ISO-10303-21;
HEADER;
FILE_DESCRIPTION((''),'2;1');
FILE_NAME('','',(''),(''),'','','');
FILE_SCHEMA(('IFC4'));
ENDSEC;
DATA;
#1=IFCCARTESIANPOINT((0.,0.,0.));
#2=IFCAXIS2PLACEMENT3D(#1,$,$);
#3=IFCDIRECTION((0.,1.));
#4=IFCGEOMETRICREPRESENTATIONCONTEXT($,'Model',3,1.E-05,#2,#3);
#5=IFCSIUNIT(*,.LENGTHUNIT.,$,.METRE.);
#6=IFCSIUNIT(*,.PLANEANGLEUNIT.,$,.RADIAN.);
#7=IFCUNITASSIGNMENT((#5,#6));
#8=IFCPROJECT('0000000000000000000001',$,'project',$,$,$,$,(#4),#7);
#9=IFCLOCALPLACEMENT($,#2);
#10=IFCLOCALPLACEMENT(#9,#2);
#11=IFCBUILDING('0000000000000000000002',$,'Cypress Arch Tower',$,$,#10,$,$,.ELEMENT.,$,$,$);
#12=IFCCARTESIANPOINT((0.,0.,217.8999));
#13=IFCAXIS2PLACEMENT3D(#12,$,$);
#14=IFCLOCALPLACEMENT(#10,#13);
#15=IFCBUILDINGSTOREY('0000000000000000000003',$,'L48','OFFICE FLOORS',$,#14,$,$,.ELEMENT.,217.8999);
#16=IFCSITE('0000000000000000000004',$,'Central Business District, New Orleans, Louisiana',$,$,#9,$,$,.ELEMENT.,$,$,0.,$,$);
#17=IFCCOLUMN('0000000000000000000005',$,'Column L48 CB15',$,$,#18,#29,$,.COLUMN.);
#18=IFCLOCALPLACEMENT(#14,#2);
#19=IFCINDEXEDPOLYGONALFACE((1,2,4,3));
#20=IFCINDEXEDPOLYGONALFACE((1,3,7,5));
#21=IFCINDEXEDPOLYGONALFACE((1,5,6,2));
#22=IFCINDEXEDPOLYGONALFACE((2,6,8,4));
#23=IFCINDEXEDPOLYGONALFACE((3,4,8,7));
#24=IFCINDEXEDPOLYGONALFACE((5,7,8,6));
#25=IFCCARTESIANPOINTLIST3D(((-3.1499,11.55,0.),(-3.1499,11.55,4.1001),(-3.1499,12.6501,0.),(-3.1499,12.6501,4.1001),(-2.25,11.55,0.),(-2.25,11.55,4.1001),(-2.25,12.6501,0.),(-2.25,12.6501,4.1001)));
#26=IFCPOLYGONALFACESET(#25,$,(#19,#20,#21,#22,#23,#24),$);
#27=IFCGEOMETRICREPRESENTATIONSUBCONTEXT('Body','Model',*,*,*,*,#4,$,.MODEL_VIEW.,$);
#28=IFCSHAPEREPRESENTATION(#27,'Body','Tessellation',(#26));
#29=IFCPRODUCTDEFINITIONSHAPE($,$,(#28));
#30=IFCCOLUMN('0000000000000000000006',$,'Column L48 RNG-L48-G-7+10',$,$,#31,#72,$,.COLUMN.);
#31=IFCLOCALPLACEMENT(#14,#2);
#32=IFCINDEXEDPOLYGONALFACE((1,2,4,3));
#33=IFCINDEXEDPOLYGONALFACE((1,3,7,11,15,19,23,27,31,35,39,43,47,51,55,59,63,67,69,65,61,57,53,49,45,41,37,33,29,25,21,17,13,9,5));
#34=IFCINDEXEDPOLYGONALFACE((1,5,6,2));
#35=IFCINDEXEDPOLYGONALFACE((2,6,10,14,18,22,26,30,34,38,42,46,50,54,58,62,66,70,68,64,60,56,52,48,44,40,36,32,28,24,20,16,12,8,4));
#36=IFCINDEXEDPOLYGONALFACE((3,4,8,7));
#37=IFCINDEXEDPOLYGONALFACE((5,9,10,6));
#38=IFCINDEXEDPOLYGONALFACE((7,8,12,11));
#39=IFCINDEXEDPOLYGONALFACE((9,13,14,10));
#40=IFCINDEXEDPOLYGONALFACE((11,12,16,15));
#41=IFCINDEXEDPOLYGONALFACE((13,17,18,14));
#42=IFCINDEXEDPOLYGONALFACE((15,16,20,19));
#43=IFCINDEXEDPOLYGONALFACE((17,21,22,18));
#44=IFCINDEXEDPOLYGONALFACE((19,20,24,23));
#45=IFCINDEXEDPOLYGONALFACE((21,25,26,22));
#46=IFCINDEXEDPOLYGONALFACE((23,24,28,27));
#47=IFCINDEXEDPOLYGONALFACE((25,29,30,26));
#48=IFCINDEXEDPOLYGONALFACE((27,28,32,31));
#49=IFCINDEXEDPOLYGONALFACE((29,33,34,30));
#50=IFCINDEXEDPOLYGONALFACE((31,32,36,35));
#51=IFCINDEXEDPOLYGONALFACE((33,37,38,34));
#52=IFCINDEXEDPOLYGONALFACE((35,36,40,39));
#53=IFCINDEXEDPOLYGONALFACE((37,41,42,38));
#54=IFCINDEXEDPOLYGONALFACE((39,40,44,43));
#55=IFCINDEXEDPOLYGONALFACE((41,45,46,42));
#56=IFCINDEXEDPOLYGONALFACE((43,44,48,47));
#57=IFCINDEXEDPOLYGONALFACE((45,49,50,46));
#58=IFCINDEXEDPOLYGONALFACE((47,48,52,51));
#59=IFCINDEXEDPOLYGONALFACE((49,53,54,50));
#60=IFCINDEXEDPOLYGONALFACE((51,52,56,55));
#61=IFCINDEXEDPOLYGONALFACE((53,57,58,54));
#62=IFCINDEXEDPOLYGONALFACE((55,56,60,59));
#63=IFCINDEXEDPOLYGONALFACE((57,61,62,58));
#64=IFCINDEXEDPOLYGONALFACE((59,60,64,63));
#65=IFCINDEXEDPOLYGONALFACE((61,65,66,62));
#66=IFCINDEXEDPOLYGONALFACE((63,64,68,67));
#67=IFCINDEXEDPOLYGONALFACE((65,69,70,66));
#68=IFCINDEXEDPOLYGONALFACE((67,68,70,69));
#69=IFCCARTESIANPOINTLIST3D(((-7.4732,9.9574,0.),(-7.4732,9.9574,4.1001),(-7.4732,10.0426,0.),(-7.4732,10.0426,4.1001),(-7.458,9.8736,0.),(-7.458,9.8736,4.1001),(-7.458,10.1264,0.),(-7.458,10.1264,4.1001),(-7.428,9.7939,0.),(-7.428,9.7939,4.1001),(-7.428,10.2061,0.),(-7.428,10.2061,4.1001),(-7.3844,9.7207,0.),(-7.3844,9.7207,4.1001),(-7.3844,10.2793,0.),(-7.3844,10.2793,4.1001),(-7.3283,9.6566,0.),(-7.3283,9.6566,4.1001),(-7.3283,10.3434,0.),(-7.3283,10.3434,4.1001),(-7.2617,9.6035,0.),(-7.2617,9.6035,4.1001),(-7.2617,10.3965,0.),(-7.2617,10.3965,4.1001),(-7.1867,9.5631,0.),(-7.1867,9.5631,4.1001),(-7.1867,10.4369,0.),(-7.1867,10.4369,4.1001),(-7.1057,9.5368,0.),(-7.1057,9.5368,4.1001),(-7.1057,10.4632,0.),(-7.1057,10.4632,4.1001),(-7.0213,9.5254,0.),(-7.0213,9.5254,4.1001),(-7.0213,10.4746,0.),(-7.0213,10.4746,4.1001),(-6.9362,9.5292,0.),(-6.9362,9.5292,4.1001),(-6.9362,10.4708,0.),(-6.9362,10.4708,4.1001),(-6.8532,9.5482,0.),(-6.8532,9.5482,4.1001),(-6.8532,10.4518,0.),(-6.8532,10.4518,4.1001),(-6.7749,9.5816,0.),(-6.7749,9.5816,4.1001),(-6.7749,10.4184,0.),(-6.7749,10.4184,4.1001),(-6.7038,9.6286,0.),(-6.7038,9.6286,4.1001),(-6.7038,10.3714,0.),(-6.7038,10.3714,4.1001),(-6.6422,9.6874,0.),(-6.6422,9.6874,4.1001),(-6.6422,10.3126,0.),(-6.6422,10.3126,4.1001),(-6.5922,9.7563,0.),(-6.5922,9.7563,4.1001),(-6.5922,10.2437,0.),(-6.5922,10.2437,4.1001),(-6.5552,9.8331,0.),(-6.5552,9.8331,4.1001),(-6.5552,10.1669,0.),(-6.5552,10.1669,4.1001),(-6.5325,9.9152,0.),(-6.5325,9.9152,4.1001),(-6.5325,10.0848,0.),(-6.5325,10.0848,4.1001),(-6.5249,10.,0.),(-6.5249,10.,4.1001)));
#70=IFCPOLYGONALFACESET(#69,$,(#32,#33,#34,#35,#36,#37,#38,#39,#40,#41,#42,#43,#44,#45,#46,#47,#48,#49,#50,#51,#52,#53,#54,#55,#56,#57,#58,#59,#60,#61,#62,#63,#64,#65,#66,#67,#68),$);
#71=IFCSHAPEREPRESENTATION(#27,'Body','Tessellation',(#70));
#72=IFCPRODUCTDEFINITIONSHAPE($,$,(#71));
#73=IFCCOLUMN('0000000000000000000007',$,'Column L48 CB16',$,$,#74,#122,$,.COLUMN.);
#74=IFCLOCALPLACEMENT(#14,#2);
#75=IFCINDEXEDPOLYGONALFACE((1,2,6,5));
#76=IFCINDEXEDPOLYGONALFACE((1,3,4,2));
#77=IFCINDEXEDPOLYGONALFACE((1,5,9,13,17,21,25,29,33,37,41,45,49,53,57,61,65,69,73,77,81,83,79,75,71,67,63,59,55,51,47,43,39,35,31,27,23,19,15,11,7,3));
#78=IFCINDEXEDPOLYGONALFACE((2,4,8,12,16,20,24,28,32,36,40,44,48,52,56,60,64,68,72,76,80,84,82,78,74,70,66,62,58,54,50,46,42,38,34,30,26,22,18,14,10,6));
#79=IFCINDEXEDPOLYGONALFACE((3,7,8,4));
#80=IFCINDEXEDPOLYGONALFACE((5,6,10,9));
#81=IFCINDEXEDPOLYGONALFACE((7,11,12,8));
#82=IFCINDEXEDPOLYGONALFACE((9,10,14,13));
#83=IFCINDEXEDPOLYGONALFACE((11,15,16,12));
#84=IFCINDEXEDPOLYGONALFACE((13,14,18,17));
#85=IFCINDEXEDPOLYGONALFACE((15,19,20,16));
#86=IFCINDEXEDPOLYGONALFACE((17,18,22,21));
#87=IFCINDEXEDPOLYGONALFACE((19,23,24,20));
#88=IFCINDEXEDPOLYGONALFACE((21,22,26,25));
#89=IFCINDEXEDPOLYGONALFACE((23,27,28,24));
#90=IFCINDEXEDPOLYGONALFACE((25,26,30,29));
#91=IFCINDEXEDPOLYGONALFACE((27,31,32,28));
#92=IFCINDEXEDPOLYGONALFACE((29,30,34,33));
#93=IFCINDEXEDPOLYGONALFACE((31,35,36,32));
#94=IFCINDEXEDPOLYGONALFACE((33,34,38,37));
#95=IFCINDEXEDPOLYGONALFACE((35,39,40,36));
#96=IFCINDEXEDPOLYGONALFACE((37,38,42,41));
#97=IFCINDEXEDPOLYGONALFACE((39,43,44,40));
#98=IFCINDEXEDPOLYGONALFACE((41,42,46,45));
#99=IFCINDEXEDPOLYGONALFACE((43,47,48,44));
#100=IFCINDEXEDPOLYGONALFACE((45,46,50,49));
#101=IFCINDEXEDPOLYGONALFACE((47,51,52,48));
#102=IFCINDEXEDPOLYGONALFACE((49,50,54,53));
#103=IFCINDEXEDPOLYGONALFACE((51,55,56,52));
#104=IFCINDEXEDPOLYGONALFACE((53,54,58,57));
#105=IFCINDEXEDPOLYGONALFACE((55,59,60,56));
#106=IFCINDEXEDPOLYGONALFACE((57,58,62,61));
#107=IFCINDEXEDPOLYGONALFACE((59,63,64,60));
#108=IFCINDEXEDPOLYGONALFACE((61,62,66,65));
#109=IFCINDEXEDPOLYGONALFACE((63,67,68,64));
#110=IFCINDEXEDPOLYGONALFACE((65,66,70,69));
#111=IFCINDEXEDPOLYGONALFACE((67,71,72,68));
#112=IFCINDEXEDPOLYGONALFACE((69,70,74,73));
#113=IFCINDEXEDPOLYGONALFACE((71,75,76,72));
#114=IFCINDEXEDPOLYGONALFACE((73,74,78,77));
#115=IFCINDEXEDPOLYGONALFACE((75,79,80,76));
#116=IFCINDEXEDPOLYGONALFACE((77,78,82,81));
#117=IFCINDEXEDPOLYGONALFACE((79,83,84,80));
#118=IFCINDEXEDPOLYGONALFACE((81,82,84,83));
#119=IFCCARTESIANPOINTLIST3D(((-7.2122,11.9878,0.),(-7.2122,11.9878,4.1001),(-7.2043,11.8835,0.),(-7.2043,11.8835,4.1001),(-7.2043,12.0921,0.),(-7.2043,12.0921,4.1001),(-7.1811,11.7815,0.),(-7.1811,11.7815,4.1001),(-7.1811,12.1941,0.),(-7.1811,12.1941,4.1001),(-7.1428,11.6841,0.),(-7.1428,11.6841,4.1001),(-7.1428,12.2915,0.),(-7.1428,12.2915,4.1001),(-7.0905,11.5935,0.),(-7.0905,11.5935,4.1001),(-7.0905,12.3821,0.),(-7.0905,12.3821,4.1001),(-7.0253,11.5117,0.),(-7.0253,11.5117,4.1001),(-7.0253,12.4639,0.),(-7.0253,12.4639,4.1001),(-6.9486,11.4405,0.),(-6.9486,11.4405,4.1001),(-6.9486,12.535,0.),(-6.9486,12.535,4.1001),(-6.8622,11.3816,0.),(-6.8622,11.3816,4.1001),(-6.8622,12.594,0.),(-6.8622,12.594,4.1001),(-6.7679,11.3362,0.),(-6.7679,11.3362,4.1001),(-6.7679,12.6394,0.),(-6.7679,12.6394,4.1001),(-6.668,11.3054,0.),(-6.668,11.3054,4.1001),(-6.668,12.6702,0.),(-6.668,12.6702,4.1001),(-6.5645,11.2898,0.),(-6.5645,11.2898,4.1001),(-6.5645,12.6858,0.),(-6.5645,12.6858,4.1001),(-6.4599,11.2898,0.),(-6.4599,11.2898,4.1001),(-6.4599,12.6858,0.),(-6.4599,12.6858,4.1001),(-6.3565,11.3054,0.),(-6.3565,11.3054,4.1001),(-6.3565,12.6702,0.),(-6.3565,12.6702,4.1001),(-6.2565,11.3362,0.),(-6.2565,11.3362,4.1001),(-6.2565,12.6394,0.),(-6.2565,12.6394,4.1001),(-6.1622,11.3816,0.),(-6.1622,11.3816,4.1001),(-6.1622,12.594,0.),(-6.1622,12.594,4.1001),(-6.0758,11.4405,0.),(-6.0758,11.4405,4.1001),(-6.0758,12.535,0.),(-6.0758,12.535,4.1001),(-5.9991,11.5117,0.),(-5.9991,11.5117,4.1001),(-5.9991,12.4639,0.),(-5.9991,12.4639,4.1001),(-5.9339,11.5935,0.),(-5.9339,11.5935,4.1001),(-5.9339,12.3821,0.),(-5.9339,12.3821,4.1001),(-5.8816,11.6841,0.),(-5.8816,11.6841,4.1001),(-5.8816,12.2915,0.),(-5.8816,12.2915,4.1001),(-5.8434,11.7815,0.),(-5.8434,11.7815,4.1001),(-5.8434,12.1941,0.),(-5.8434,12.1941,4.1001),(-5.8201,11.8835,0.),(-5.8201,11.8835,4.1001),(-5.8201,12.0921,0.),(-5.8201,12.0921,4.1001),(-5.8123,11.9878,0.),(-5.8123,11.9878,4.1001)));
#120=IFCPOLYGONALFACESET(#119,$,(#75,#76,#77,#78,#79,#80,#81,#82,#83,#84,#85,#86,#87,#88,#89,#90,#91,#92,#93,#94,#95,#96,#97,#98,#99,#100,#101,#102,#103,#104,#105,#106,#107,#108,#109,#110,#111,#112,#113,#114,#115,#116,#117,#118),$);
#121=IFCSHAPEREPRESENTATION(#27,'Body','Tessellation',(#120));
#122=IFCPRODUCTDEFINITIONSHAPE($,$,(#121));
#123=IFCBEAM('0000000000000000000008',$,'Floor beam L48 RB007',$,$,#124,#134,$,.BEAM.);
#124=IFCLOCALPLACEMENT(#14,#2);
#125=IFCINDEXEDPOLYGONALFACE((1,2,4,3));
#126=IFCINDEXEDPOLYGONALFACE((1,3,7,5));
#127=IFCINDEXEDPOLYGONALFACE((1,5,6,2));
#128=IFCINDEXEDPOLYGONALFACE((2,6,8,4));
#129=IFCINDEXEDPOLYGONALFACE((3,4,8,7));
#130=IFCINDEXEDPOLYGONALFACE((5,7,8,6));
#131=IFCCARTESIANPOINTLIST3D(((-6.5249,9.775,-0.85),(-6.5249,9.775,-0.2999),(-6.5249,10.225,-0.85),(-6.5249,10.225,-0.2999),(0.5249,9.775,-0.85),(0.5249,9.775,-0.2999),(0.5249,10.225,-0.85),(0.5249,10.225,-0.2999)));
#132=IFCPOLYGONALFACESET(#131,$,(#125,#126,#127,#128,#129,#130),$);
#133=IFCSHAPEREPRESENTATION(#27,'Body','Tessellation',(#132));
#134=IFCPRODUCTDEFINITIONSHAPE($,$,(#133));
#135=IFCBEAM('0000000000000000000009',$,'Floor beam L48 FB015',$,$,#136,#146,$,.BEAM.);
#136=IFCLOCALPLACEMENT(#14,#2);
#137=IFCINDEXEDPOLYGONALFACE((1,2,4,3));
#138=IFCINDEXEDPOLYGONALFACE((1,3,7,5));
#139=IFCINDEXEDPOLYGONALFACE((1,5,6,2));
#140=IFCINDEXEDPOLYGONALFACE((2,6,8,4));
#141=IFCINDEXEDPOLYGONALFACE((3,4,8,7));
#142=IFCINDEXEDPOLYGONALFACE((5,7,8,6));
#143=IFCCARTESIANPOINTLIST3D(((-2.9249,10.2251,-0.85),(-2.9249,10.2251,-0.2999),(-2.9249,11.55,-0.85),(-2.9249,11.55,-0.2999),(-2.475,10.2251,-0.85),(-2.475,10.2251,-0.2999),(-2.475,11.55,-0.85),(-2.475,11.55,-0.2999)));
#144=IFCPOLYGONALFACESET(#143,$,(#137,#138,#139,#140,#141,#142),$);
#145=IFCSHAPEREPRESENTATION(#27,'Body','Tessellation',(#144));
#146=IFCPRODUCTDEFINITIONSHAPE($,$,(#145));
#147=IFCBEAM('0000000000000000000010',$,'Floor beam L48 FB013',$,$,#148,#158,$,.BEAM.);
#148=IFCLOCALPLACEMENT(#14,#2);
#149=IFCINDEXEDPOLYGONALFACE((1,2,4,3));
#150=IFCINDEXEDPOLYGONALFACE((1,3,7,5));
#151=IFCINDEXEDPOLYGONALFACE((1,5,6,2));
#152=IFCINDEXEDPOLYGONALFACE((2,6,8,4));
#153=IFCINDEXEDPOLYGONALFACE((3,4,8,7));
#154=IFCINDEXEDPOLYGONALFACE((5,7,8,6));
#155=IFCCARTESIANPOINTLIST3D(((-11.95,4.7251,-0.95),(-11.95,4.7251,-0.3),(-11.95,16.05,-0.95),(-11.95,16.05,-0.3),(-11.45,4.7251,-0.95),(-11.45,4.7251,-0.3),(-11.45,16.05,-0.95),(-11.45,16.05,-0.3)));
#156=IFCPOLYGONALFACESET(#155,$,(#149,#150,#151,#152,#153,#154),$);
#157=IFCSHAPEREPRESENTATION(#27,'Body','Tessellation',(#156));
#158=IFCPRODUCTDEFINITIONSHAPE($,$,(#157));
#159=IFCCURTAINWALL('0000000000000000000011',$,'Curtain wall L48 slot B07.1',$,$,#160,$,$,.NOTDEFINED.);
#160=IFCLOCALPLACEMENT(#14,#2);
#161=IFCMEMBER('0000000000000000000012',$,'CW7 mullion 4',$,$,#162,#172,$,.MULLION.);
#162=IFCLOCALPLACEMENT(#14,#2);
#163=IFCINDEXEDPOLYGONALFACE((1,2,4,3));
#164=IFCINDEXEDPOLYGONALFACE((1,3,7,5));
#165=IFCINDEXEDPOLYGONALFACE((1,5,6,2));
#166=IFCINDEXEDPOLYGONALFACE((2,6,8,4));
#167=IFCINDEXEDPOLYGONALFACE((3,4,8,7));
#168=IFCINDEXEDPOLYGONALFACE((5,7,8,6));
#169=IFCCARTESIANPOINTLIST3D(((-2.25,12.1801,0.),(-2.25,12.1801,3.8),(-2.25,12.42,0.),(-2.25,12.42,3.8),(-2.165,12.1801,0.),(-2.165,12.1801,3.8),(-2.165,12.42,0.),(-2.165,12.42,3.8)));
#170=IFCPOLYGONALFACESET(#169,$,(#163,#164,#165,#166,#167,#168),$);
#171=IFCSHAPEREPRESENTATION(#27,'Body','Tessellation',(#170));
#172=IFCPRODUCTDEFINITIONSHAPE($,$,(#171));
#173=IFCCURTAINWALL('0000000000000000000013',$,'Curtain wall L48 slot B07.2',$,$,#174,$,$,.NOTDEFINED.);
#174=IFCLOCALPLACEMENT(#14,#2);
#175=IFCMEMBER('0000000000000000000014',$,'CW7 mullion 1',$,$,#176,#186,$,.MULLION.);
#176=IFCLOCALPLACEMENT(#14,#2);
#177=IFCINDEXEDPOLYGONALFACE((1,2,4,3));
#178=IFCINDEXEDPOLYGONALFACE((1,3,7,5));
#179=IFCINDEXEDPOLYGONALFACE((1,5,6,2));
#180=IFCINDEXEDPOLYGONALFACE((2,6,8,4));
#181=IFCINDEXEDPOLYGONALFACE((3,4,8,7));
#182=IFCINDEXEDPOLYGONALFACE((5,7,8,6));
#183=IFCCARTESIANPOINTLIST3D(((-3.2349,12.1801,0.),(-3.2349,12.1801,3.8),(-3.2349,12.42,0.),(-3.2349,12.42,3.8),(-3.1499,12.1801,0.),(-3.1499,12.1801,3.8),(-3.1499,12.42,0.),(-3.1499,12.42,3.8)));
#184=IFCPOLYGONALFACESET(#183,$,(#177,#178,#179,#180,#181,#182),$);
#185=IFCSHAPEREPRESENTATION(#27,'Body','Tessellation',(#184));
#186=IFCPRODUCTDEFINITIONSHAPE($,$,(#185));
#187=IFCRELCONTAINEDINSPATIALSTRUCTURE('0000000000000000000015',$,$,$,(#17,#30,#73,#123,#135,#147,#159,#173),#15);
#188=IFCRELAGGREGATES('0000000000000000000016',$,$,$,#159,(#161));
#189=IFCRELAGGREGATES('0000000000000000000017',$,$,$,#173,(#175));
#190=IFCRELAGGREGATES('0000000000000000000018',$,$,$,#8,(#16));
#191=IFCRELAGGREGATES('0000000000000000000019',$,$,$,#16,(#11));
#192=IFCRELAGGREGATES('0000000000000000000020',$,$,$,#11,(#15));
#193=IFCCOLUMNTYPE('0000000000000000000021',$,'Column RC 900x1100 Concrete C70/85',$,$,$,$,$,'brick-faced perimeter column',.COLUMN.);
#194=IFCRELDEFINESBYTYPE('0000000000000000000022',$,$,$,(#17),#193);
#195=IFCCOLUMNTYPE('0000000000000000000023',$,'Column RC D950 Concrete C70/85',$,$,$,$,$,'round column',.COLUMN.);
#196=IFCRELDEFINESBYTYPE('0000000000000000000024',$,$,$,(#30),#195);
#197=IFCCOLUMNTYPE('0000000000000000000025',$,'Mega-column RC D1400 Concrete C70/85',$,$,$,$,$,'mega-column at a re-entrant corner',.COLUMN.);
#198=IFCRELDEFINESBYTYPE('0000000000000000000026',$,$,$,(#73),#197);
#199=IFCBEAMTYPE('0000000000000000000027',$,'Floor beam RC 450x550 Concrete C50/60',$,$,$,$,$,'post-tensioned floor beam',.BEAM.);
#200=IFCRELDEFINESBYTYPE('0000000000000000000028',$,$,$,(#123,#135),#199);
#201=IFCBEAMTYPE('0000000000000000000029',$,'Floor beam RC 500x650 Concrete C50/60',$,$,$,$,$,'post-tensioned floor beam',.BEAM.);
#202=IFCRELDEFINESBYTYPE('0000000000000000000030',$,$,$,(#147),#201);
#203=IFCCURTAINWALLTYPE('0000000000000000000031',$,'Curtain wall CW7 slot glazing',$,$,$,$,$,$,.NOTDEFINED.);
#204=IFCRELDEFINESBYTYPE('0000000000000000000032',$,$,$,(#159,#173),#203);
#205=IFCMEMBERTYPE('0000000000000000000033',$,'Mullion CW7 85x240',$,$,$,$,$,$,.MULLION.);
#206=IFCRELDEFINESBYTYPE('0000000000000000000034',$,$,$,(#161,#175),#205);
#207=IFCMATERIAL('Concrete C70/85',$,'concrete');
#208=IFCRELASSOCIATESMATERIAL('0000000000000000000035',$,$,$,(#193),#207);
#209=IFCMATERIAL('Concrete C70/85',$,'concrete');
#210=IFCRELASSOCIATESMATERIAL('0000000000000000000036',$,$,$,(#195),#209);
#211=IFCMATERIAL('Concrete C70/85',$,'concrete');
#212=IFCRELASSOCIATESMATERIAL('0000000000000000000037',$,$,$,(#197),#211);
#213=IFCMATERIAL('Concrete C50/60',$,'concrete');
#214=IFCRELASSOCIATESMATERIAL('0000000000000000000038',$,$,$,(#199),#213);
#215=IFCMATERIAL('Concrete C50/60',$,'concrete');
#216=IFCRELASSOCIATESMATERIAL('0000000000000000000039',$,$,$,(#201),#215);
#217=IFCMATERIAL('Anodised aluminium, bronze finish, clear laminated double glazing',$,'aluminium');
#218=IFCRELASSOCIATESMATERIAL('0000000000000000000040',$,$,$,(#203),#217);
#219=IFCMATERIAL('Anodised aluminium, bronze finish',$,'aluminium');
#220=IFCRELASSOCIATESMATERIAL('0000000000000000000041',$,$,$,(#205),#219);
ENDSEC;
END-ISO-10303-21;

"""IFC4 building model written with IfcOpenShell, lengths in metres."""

from ifc_helpers import new_model, si_unit, direction, frame, origin, origin_2d, place, context, subcontext, project, spatial, rectangle, circle, extrude, material, material_profile, profile_set, type_object, element, aggregate, save


model = new_model("IFC4")

# Units and contexts
model_context = context("Model", 3, precision=1e-05, world=origin(), true_north=direction((0.0, 1.0)))
body_context = subcontext(model_context, "Body", "Model", "MODEL_VIEW")
ifc_project = project(units=[si_unit("LENGTHUNIT", "METRE"), si_unit("PLANEANGLEUNIT", "RADIAN")], contexts=[model_context])

# Site, building, storey
site_placement = place(None, origin())
site = spatial("IfcSite", under=ifc_project, at=site_placement, Name="Central Business District, New Orleans, Louisiana", CompositionType="ELEMENT", RefElevation=0.0)
building_placement = place(site_placement, origin())
building = spatial("IfcBuilding", under=site, at=building_placement, Name="Cypress Arch Tower", CompositionType="ELEMENT")
storey_placement = place(building_placement, frame((0.0, 0.0, 217.8999)))
storey = spatial("IfcBuildingStorey", under=building, at=storey_placement, Name="L48", Description="OFFICE FLOORS", CompositionType="ELEMENT", Elevation=217.8999)

# Columns
ifc_material_1 = material(Name="Concrete C70/85", Category="concrete")
ifc_material_profile_1 = material_profile(ifc_material_1, rectangle(XDim=0.8999, YDim=1.1001, at=origin_2d()), Name="RC 900x1100")
ifc_profile_set_1 = profile_set([ifc_material_profile_1], Name="Concrete C70/85")
column_type_1 = type_object("IfcColumnType", Name="Column RC 900x1100 Concrete C70/85", ElementType="brick-faced perimeter column", PredefinedType="COLUMN", material=ifc_profile_set_1)
column_1_placement = place(storey_placement, frame((-2.7, 12.1001, 0.0), z_axis=(0.0, 0.0, 1.0), x_axis=(-1.0, 0.0, 0.0)))
element("IfcColumn", 1, at=column_1_placement, inside=storey, type_object=column_type_1, Name="Column L48 CB15", PredefinedType="COLUMN", context=body_context, shape_type="SweptSolid", body=[
    extrude(rectangle(XDim=0.8999, YDim=1.1001, at=origin_2d()), origin(), (0.0, 0.0, 1.0), 4.1001),
])
ifc_material_2 = material(Name="Concrete C70/85", Category="concrete")
ifc_material_profile_2 = material_profile(ifc_material_2, circle(Radius=0.4751, at=origin_2d()), Name="RC D950")
ifc_profile_set_2 = profile_set([ifc_material_profile_2], Name="Concrete C70/85")
column_type_2 = type_object("IfcColumnType", Name="Column RC D950 Concrete C70/85", ElementType="round column", PredefinedType="COLUMN", material=ifc_profile_set_2)
column_2_placement = place(storey_placement, frame((-7.0, 10.0, 0.0), z_axis=(0.0, 0.0, 1.0), x_axis=(1.0, 0.0, 0.0)))
element("IfcColumn", 2, at=column_2_placement, inside=storey, type_object=column_type_2, Name="Column L48 RNG-L48-G-7+10", PredefinedType="COLUMN", context=body_context, shape_type="SweptSolid", body=[
    extrude(circle(Radius=0.4751, at=origin_2d()), origin(), (0.0, 0.0, 1.0), 4.1001),
])
ifc_material_3 = material(Name="Concrete C70/85", Category="concrete")
ifc_material_profile_3 = material_profile(ifc_material_3, circle(Radius=0.7, at=origin_2d()), Name="RC D1400")
ifc_profile_set_3 = profile_set([ifc_material_profile_3], Name="Concrete C70/85")
column_type_3 = type_object("IfcColumnType", Name="Mega-column RC D1400 Concrete C70/85", ElementType="mega-column at a re-entrant corner", PredefinedType="COLUMN", material=ifc_profile_set_3)
column_3_placement = place(storey_placement, frame((-6.5122, 11.9878, 0.0), z_axis=(0.0, 0.0, 1.0), x_axis=(1.0, 0.0, 0.0)))
element("IfcColumn", 3, at=column_3_placement, inside=storey, type_object=column_type_3, Name="Column L48 CB16", PredefinedType="COLUMN", context=body_context, shape_type="SweptSolid", body=[
    extrude(circle(Radius=0.7, at=origin_2d()), origin(), (0.0, 0.0, 1.0), 4.1001),
])

# Beams
ifc_material_4 = material(Name="Concrete C50/60", Category="concrete")
ifc_material_profile_4 = material_profile(ifc_material_4, rectangle(XDim=0.45, YDim=0.55, at=origin_2d()), Name="RC 450x550")
ifc_profile_set_4 = profile_set([ifc_material_profile_4], Name="Concrete C50/60")
beam_type_1 = type_object("IfcBeamType", Name="Floor beam RC 450x550 Concrete C50/60", ElementType="post-tensioned floor beam", PredefinedType="BEAM", material=ifc_profile_set_4)
beam_1_placement = place(storey_placement, frame((-6.5249, 10.0, -0.575), z_axis=(1.0, 0.0, 0.0), x_axis=(0.0, 1.0, 0.0)))
element("IfcBeam", 4, at=beam_1_placement, inside=storey, type_object=beam_type_1, Name="Floor beam L48 RB007", PredefinedType="BEAM", context=body_context, shape_type="SweptSolid", body=[
    extrude(rectangle(XDim=0.45, YDim=0.55, at=origin_2d()), origin(), (0.0, 0.0, 1.0), 7.0498),
])
beam_2_placement = place(storey_placement, frame((-2.7, 10.2251, -0.575), z_axis=(0.0, 1.0, 0.0), x_axis=(-1.0, 0.0, 0.0)))
element("IfcBeam", 5, at=beam_2_placement, inside=storey, type_object=beam_type_1, Name="Floor beam L48 FB015", PredefinedType="BEAM", context=body_context, shape_type="SweptSolid", body=[
    extrude(rectangle(XDim=0.45, YDim=0.55, at=origin_2d()), origin(), (0.0, 0.0, 1.0), 1.325),
])
ifc_material_5 = material(Name="Concrete C50/60", Category="concrete")
ifc_material_profile_5 = material_profile(ifc_material_5, rectangle(XDim=0.5, YDim=0.6499, at=origin_2d()), Name="RC 500x650")
ifc_profile_set_5 = profile_set([ifc_material_profile_5], Name="Concrete C50/60")
beam_type_2 = type_object("IfcBeamType", Name="Floor beam RC 500x650 Concrete C50/60", ElementType="post-tensioned floor beam", PredefinedType="BEAM", material=ifc_profile_set_5)
beam_3_placement = place(storey_placement, frame((-11.7, 4.7251, -0.625), z_axis=(0.0, 1.0, 0.0), x_axis=(-1.0, 0.0, 0.0)))
element("IfcBeam", 6, at=beam_3_placement, inside=storey, type_object=beam_type_2, Name="Floor beam L48 FB013", PredefinedType="BEAM", context=body_context, shape_type="SweptSolid", body=[
    extrude(rectangle(XDim=0.5, YDim=0.6499, at=origin_2d()), origin(), (0.0, 0.0, 1.0), 11.325),
])

# Curtain wall, member
ifc_material_6 = material(Name="Anodised aluminium, bronze finish, clear laminated double glazing", Category="aluminium")
curtain_wall_type = type_object("IfcCurtainWallType", Name="Curtain wall CW7 slot glazing", PredefinedType="NOTDEFINED", material=ifc_material_6)
curtain_wall_1_placement = place(storey_placement, origin())
curtain_wall_1 = element("IfcCurtainWall", 7, at=curtain_wall_1_placement, inside=storey, type_object=curtain_wall_type, Name="Curtain wall L48 slot B07.1", PredefinedType="NOTDEFINED")
ifc_material_7 = material(Name="Anodised aluminium, bronze finish", Category="aluminium")
ifc_material_profile_6 = material_profile(ifc_material_7, rectangle(XDim=0.24, YDim=0.085, at=origin_2d()), Name="Mullion 85x240")
ifc_profile_set_6 = profile_set([ifc_material_profile_6], Name="Anodised aluminium, bronze finish")
member_type_1 = type_object("IfcMemberType", Name="Mullion CW7 85x240", PredefinedType="MULLION", material=ifc_profile_set_6)
member_1_placement = place(storey_placement, frame((-2.2075, 12.3, 0.0), z_axis=(0.0, 0.0, 1.0), x_axis=(0.0, -1.0, 0.0)))
member_1 = element("IfcMember", 8, at=member_1_placement, type_object=member_type_1, Name="CW7 mullion 4", PredefinedType="MULLION", context=body_context, shape_type="SweptSolid", body=[
    extrude(rectangle(XDim=0.24, YDim=0.085, at=origin_2d()), origin(), (0.0, 0.0, 1.0), 3.8),
])
aggregate(curtain_wall_1, [member_1])

# Curtain wall, member
curtain_wall_2_placement = place(storey_placement, origin())
curtain_wall_2 = element("IfcCurtainWall", 9, at=curtain_wall_2_placement, inside=storey, type_object=curtain_wall_type, Name="Curtain wall L48 slot B07.2", PredefinedType="NOTDEFINED")
member_2_placement = place(storey_placement, frame((-3.1924, 12.3, 0.0), z_axis=(0.0, 0.0, 1.0), x_axis=(0.0, -1.0, 0.0)))
member_2 = element("IfcMember", 10, at=member_2_placement, type_object=member_type_1, Name="CW7 mullion 1", PredefinedType="MULLION", context=body_context, shape_type="SweptSolid", body=[
    extrude(rectangle(XDim=0.24, YDim=0.085, at=origin_2d()), origin(), (0.0, 0.0, 1.0), 3.8),
])

aggregate(curtain_wall_2, [member_2])

save(model, "model.ifc")
